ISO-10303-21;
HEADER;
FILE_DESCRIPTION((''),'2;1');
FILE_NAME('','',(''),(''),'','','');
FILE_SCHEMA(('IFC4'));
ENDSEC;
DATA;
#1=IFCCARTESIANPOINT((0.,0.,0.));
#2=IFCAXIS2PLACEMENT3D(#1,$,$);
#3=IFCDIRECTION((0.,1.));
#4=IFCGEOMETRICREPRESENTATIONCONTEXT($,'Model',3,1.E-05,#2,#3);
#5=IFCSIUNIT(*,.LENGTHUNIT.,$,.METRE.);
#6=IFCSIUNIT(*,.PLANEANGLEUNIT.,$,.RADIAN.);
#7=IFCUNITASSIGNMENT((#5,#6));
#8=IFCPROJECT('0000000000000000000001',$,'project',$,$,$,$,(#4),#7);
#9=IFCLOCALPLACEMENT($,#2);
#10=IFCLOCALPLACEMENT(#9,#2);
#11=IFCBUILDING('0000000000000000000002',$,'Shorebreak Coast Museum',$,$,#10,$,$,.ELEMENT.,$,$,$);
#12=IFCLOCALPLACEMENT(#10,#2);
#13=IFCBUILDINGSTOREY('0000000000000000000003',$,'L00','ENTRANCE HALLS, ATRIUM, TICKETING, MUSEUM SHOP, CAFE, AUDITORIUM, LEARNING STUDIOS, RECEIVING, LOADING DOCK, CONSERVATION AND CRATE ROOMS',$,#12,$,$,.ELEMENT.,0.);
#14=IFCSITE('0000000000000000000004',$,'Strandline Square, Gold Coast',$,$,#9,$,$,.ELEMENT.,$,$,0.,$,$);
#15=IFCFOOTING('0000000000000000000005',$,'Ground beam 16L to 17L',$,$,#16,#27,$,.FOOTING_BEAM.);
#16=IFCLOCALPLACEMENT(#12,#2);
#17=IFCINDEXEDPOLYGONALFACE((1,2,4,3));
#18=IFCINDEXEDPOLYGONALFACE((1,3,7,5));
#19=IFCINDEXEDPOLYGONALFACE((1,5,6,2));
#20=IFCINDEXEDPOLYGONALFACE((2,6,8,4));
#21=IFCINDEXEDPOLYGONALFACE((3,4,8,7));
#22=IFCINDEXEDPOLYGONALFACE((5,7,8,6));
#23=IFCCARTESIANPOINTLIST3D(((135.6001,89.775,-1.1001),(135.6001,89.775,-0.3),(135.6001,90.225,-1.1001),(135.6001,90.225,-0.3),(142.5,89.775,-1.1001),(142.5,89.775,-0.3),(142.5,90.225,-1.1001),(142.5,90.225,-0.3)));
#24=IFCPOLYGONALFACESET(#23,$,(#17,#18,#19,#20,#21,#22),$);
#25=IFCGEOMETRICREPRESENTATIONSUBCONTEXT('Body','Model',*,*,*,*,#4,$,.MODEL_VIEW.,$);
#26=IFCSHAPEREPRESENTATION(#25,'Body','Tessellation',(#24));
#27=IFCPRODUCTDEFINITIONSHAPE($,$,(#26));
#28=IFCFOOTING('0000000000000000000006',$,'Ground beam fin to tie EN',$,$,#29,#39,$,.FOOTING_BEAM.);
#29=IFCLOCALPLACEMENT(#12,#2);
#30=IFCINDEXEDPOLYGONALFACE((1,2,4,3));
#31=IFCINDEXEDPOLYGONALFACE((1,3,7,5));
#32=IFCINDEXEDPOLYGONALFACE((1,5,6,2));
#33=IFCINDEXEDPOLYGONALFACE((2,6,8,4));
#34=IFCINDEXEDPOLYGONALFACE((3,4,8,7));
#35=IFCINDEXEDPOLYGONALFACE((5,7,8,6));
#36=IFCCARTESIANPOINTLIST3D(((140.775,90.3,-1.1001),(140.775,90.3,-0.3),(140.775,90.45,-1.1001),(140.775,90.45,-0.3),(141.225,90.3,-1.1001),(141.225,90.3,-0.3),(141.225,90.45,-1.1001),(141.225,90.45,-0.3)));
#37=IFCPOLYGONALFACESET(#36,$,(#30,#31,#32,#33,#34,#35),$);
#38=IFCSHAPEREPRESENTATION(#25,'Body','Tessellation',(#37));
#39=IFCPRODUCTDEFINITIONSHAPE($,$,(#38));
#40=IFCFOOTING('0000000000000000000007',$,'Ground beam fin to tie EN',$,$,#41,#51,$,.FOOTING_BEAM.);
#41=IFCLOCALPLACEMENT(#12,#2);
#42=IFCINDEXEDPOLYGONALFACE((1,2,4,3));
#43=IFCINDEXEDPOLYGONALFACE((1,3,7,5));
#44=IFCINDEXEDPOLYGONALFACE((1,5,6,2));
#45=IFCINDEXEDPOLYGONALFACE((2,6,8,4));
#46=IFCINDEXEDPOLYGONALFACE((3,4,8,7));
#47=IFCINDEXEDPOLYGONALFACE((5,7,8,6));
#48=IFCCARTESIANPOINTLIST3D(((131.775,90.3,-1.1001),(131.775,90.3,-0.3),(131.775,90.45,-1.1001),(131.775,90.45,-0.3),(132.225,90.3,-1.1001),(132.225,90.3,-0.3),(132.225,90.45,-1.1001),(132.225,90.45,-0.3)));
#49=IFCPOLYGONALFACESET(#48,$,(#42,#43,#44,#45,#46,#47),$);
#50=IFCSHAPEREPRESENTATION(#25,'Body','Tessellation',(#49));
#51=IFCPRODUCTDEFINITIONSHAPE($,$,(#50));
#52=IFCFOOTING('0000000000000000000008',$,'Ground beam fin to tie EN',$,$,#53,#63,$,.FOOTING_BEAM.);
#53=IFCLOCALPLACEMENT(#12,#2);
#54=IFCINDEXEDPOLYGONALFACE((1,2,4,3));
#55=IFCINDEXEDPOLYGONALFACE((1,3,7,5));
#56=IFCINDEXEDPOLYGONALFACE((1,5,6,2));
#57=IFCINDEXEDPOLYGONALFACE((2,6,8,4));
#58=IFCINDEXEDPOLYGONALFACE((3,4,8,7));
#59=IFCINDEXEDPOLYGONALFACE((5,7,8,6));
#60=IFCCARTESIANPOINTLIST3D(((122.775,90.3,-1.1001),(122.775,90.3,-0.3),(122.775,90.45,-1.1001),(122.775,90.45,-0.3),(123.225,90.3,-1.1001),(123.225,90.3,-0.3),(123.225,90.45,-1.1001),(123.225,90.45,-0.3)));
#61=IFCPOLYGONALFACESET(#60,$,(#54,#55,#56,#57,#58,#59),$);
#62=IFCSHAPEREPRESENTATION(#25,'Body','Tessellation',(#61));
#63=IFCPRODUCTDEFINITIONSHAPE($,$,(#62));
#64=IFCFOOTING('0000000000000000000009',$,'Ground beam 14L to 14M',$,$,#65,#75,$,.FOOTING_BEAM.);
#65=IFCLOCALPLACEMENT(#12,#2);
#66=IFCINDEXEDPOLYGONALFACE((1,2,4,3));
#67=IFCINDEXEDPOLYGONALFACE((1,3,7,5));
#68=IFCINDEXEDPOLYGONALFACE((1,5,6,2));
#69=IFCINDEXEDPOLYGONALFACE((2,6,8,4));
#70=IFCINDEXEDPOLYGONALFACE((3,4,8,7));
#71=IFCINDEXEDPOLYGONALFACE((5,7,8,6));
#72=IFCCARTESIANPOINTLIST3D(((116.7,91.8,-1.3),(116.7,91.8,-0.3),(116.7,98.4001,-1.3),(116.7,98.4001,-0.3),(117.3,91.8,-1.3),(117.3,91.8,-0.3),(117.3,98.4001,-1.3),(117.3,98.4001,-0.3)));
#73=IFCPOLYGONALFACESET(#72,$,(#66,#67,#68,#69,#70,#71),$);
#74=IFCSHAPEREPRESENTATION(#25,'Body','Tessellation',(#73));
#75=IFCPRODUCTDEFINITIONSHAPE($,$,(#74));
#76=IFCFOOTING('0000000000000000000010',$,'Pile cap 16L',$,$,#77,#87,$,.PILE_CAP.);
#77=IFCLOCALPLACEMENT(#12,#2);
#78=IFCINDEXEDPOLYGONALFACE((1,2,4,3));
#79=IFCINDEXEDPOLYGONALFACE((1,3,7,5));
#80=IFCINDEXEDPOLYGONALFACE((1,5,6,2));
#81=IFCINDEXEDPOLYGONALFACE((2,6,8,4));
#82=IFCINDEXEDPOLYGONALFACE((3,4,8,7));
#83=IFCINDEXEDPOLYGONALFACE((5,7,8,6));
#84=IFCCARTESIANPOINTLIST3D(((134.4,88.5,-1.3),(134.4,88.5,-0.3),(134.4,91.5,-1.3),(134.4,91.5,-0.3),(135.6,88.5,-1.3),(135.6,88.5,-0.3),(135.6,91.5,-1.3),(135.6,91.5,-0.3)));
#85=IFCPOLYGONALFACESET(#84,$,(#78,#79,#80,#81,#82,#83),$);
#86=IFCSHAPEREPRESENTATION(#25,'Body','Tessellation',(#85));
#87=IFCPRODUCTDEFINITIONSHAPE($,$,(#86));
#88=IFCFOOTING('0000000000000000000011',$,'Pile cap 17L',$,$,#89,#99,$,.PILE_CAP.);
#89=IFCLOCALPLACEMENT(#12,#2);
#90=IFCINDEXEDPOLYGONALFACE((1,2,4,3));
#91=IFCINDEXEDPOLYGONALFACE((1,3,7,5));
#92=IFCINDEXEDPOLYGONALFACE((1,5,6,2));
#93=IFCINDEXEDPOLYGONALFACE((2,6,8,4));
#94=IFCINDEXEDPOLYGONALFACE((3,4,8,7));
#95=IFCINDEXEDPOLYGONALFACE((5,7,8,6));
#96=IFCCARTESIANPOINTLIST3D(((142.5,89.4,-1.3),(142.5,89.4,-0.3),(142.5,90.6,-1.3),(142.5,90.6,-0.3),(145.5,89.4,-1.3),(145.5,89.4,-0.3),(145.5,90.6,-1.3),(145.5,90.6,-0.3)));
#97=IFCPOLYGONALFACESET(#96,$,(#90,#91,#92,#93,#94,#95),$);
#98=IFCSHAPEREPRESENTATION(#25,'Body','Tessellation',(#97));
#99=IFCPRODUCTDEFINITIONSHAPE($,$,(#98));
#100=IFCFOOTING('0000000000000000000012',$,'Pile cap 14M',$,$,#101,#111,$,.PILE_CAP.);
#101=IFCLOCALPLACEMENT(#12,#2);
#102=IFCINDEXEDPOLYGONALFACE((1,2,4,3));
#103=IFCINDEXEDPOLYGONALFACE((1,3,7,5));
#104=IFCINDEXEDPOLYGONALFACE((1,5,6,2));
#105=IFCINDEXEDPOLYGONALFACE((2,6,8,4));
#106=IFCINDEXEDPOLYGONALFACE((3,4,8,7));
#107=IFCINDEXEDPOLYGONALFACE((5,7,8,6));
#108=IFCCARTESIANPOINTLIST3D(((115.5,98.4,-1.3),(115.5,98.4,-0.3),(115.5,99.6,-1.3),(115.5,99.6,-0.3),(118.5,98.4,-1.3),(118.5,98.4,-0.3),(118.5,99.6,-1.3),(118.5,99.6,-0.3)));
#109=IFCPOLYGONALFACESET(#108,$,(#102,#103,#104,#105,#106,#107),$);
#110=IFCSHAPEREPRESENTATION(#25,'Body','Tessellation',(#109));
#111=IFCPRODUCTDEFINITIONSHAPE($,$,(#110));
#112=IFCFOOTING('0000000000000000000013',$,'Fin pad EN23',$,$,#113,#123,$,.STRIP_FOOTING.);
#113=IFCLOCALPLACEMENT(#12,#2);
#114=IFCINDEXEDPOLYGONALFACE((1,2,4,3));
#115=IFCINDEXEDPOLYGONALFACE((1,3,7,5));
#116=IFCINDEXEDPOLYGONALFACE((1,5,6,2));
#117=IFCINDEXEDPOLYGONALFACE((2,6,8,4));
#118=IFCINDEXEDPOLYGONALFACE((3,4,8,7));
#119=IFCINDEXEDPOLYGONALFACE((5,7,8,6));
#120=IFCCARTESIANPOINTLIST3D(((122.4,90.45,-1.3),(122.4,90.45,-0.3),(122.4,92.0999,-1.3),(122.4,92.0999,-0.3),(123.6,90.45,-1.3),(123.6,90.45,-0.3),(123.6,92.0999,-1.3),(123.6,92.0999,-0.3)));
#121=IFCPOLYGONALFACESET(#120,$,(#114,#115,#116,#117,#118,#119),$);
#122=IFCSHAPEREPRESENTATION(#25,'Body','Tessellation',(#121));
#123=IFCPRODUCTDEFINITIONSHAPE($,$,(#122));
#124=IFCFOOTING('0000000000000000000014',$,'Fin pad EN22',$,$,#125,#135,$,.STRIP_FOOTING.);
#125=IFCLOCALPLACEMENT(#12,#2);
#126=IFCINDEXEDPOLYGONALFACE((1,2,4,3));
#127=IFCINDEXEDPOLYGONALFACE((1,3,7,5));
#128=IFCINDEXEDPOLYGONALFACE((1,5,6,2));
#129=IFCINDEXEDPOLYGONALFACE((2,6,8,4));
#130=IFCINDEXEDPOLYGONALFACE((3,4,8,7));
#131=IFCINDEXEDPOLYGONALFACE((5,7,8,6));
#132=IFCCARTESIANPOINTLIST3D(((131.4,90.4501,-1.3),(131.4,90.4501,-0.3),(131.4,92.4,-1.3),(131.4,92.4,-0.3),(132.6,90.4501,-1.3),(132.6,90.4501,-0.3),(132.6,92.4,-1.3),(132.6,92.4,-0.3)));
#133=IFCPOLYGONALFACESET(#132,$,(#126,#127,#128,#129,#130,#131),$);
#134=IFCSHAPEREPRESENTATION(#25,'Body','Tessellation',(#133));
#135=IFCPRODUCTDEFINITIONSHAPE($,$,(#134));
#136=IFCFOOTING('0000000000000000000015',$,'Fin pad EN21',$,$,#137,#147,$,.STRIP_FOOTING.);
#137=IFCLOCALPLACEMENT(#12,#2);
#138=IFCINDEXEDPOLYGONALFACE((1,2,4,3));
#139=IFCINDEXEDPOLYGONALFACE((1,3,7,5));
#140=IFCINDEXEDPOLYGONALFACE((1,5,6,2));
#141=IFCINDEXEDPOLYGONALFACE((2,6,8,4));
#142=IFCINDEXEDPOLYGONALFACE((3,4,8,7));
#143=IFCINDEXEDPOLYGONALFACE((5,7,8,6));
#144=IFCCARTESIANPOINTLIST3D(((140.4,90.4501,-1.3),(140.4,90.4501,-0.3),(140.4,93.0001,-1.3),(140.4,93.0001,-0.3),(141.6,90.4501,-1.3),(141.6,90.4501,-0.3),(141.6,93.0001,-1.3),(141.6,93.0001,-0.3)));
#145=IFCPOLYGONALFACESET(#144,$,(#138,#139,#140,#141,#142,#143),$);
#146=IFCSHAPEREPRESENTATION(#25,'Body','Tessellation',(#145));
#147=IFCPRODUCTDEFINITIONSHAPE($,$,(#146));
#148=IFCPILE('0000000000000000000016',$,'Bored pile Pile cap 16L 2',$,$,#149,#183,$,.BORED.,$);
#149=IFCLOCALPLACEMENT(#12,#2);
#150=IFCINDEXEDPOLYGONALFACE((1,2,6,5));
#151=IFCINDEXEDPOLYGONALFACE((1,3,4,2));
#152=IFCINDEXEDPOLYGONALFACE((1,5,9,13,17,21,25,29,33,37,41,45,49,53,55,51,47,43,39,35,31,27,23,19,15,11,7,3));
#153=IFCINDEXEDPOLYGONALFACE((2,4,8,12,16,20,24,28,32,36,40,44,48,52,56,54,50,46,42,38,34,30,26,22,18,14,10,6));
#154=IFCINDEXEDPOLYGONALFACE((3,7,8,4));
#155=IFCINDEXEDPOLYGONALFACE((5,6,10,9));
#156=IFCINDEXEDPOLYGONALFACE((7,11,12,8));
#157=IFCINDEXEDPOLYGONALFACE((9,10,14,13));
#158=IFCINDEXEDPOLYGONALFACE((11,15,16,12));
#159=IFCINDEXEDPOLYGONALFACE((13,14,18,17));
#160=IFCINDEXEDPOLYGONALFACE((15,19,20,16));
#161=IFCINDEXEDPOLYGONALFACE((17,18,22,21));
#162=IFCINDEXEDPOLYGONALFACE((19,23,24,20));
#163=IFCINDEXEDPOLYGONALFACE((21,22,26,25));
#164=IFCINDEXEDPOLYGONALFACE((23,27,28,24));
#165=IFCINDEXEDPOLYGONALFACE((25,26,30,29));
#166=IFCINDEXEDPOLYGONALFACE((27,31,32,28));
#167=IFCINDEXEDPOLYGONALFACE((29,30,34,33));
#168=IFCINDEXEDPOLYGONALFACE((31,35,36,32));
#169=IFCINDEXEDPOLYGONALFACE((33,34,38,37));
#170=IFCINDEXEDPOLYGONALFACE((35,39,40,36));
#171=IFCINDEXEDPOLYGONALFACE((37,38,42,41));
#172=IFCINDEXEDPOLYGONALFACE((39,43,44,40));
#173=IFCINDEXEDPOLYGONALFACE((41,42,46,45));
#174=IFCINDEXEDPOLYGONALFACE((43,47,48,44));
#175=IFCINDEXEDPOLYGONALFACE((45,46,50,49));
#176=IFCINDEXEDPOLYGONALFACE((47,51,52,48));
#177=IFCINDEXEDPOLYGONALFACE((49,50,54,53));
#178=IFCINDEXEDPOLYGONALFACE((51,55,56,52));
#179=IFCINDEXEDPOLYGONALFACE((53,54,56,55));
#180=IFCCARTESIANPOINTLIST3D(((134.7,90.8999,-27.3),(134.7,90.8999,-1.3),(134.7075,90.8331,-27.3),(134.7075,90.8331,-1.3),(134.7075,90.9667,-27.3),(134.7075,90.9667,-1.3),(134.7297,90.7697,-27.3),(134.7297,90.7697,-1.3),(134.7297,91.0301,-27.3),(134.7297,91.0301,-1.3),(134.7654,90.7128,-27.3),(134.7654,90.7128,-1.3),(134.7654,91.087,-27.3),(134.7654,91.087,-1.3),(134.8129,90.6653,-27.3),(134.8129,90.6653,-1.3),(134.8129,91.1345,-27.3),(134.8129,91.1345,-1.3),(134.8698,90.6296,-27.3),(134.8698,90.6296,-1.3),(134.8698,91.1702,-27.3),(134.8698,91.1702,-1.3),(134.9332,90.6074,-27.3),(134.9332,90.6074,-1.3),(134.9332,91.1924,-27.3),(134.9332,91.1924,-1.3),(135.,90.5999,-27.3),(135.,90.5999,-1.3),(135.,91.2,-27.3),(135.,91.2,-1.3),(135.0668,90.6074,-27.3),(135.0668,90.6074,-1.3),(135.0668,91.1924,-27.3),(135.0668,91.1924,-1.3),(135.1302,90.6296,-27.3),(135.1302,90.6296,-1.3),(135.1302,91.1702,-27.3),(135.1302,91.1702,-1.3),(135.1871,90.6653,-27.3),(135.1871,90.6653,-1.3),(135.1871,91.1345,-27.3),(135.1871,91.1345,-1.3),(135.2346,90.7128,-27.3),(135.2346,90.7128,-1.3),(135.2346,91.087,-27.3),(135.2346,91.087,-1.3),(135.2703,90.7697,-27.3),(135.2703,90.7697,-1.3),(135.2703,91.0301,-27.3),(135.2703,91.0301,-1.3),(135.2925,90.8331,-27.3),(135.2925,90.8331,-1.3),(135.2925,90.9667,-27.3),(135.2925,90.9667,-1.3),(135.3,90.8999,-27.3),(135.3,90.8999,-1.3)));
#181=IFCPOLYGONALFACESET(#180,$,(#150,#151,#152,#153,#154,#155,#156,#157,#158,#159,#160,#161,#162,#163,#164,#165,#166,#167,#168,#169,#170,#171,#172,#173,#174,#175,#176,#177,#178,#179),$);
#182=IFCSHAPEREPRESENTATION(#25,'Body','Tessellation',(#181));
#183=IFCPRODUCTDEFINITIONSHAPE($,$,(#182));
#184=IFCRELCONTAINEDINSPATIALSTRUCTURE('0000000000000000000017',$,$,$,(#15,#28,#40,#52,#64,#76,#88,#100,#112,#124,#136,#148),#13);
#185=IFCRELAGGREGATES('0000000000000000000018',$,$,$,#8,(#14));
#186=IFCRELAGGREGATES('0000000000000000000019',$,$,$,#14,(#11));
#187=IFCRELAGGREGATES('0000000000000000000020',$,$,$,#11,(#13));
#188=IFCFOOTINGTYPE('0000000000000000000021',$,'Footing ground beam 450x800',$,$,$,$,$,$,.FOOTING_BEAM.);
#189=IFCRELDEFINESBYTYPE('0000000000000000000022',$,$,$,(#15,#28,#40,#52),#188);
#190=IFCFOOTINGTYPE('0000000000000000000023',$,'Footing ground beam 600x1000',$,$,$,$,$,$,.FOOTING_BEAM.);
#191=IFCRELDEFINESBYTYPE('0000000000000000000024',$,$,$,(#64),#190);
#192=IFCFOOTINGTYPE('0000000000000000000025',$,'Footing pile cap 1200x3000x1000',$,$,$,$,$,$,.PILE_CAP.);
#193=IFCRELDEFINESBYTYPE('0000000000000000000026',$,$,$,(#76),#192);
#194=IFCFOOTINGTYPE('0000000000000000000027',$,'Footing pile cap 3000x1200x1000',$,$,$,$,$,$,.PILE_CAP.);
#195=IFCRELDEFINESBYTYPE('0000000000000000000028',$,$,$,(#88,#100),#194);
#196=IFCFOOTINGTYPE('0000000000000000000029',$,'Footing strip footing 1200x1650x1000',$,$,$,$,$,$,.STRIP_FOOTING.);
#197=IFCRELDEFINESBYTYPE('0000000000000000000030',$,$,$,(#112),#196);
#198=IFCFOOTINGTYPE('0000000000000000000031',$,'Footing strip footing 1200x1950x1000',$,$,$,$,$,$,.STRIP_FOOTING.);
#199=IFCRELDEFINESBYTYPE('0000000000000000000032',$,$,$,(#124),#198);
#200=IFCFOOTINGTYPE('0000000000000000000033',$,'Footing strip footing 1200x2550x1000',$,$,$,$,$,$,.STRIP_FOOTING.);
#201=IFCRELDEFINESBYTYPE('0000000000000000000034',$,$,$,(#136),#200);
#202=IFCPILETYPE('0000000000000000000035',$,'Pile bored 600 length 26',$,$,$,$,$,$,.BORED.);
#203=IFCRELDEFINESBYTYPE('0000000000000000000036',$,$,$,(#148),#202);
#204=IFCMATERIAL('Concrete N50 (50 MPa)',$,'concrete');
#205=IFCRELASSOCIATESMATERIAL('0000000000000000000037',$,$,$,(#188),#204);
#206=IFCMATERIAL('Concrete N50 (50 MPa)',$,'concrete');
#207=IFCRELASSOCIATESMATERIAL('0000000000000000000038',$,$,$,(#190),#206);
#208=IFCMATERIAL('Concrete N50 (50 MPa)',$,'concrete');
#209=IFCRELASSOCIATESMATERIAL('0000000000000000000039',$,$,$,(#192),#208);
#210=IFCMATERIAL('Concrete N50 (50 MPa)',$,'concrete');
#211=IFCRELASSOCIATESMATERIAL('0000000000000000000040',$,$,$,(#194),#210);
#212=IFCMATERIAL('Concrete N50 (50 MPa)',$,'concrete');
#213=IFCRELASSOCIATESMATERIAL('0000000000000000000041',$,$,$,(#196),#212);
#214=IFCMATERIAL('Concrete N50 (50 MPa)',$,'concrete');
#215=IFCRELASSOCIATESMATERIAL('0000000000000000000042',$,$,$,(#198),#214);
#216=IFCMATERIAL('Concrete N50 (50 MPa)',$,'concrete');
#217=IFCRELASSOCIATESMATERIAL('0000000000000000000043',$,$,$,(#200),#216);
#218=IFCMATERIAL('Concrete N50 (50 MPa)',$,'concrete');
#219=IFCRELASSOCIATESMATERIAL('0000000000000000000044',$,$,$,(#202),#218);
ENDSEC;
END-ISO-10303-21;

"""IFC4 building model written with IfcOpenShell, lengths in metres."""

from ifc_helpers import new_model, si_unit, direction, frame, origin, origin_2d, place, context, subcontext, project, spatial, rectangle, circle, extrude, material, material_profile, profile_set, type_object, element, save


model = new_model("IFC4")

# Units and contexts
model_context = context("Model", 3, precision=1e-05, world=origin(), true_north=direction((0.0, 1.0)))
body_context = subcontext(model_context, "Body", "Model", "MODEL_VIEW")
ifc_project = project(units=[si_unit("LENGTHUNIT", "METRE"), si_unit("PLANEANGLEUNIT", "RADIAN")], contexts=[model_context])

# Site, building, storey
site_placement = place(None, origin())
site = spatial("IfcSite", under=ifc_project, at=site_placement, Name="Strandline Square, Gold Coast", CompositionType="ELEMENT", RefElevation=0.0)
building_placement = place(site_placement, origin())
building = spatial("IfcBuilding", under=site, at=building_placement, Name="Shorebreak Coast Museum", CompositionType="ELEMENT")
storey_placement = place(building_placement, origin())
storey = spatial("IfcBuildingStorey", under=building, at=storey_placement, Name="L00", Description="ENTRANCE HALLS, ATRIUM, TICKETING, MUSEUM SHOP, CAFE, AUDITORIUM, LEARNING STUDIOS, RECEIVING, LOADING DOCK, CONSERVATION AND CRATE ROOMS", CompositionType="ELEMENT", Elevation=0.0)

# Footings
ifc_material_1 = material(Name="Concrete N50 (50 MPa)", Category="concrete")
footing_type_1 = type_object("IfcFootingType", Name="Footing ground beam 450x800", PredefinedType="FOOTING_BEAM", material=ifc_material_1)
footing_1_placement = place(storey_placement, frame((139.05, 90.0, -1.1001), z_axis=(0.0, 0.0, 1.0), x_axis=(1.0, 0.0, 0.0)))
element("IfcFooting", 1, at=footing_1_placement, inside=storey, type_object=footing_type_1, Name="Ground beam 16L to 17L", PredefinedType="FOOTING_BEAM", context=body_context, shape_type="SweptSolid", body=[
    extrude(rectangle(XDim=6.8999, YDim=0.45, at=origin_2d()), origin(), (0.0, 0.0, 1.0), 0.8),
])
for number, where, z_axis, x_axis, name in (
    (2, (141.0, 90.375, -1.1001), (0.0, 0.0, 1.0), (1.0, 0.0, 0.0), "Ground beam fin to tie EN"),
    (3, (132.0, 90.375, -1.1001), (0.0, 0.0, 1.0), (1.0, 0.0, 0.0), "Ground beam fin to tie EN"),
    (4, (123.0, 90.375, -1.1001), (0.0, 0.0, 1.0), (1.0, 0.0, 0.0), "Ground beam fin to tie EN"),
):
    element("IfcFooting", number, at=place(storey_placement, frame(where, z_axis=z_axis, x_axis=x_axis)), inside=storey, type_object=footing_type_1, Name=name, PredefinedType="FOOTING_BEAM", context=body_context, shape_type="SweptSolid", body=[
        extrude(rectangle(XDim=0.45, YDim=0.1499, at=origin_2d()), origin(), (0.0, 0.0, 1.0), 0.8),
    ])
ifc_material_2 = material(Name="Concrete N50 (50 MPa)", Category="concrete")
footing_type_2 = type_object("IfcFootingType", Name="Footing ground beam 600x1000", PredefinedType="FOOTING_BEAM", material=ifc_material_2)
footing_2_placement = place(storey_placement, frame((117.0, 95.1001, -1.3), z_axis=(0.0, 0.0, 1.0), x_axis=(1.0, 0.0, 0.0)))
element("IfcFooting", 5, at=footing_2_placement, inside=storey, type_object=footing_type_2, Name="Ground beam 14L to 14M", PredefinedType="FOOTING_BEAM", context=body_context, shape_type="SweptSolid", body=[
    extrude(rectangle(XDim=0.6001, YDim=6.6001, at=origin_2d()), origin(), (0.0, 0.0, 1.0), 1.0),
])
ifc_material_3 = material(Name="Concrete N50 (50 MPa)", Category="concrete")
footing_type_3 = type_object("IfcFootingType", Name="Footing pile cap 1200x3000x1000", PredefinedType="PILE_CAP", material=ifc_material_3)
footing_3_placement = place(storey_placement, frame((135.0, 90.0, -1.3), z_axis=(0.0, 0.0, 1.0), x_axis=(1.0, 0.0, 0.0)))
element("IfcFooting", 6, at=footing_3_placement, inside=storey, type_object=footing_type_3, Name="Pile cap 16L", PredefinedType="PILE_CAP", context=body_context, shape_type="SweptSolid", body=[
    extrude(rectangle(XDim=1.2, YDim=3.0, at=origin_2d()), origin(), (0.0, 0.0, 1.0), 1.0),
])
ifc_material_4 = material(Name="Concrete N50 (50 MPa)", Category="concrete")
footing_type_4 = type_object("IfcFootingType", Name="Footing pile cap 3000x1200x1000", PredefinedType="PILE_CAP", material=ifc_material_4)
for number, where, z_axis, x_axis, name in (
    (7, (144.0, 90.0, -1.3), (0.0, 0.0, 1.0), (1.0, 0.0, 0.0), "Pile cap 17L"),
    (8, (117.0, 99.0, -1.3), (0.0, 0.0, 1.0), (1.0, 0.0, 0.0), "Pile cap 14M"),
):
    element("IfcFooting", number, at=place(storey_placement, frame(where, z_axis=z_axis, x_axis=x_axis)), inside=storey, type_object=footing_type_4, Name=name, PredefinedType="PILE_CAP", context=body_context, shape_type="SweptSolid", body=[
        extrude(rectangle(XDim=3.0, YDim=1.2, at=origin_2d()), origin(), (0.0, 0.0, 1.0), 1.0),
    ])
ifc_material_5 = material(Name="Concrete N50 (50 MPa)", Category="concrete")
footing_type_5 = type_object("IfcFootingType", Name="Footing strip footing 1200x1650x1000", PredefinedType="STRIP_FOOTING", material=ifc_material_5)
footing_4_placement = place(storey_placement, frame((123.0, 91.2749, -1.3), z_axis=(0.0, 0.0, 1.0), x_axis=(1.0, 0.0, 0.0)))
element("IfcFooting", 9, at=footing_4_placement, inside=storey, type_object=footing_type_5, Name="Fin pad EN23", PredefinedType="STRIP_FOOTING", context=body_context, shape_type="SweptSolid", body=[
    extrude(rectangle(XDim=1.2, YDim=1.6499, at=origin_2d()), origin(), (0.0, 0.0, 1.0), 1.0),
])
ifc_material_6 = material(Name="Concrete N50 (50 MPa)", Category="concrete")
footing_type_6 = type_object("IfcFootingType", Name="Footing strip footing 1200x1950x1000", PredefinedType="STRIP_FOOTING", material=ifc_material_6)
footing_5_placement = place(storey_placement, frame((132.0, 91.425, -1.3), z_axis=(0.0, 0.0, 1.0), x_axis=(1.0, 0.0, 0.0)))
element("IfcFooting", 10, at=footing_5_placement, inside=storey, type_object=footing_type_6, Name="Fin pad EN22", PredefinedType="STRIP_FOOTING", context=body_context, shape_type="SweptSolid", body=[
    extrude(rectangle(XDim=1.2, YDim=1.95, at=origin_2d()), origin(), (0.0, 0.0, 1.0), 1.0),
])
ifc_material_7 = material(Name="Concrete N50 (50 MPa)", Category="concrete")
footing_type_7 = type_object("IfcFootingType", Name="Footing strip footing 1200x2550x1000", PredefinedType="STRIP_FOOTING", material=ifc_material_7)
footing_6_placement = place(storey_placement, frame((141.0, 91.7251, -1.3), z_axis=(0.0, 0.0, 1.0), x_axis=(1.0, 0.0, 0.0)))
element("IfcFooting", 11, at=footing_6_placement, inside=storey, type_object=footing_type_7, Name="Fin pad EN21", PredefinedType="STRIP_FOOTING", context=body_context, shape_type="SweptSolid", body=[
    extrude(rectangle(XDim=1.2, YDim=2.55, at=origin_2d()), origin(), (0.0, 0.0, 1.0), 1.0),
])

# Pile
ifc_material_8 = material(Name="Concrete N50 (50 MPa)", Category="concrete")
ifc_material_profile_1 = material_profile(ifc_material_8, circle(Radius=0.3, at=origin_2d()), Name="Pile bored 600 length 26")
ifc_profile_set_1 = profile_set([ifc_material_profile_1], Name="Concrete N50 (50 MPa)")
pile_type_1 = type_object("IfcPileType", Name="Pile bored 600 length 26", PredefinedType="BORED", material=ifc_profile_set_1)
for number, where, z_axis, x_axis, name in (
    (12, (135.0, 90.8999, -1.3), (0.0, 0.0, -1.0), (1.0, 0.0, 0.0), "Bored pile Pile cap 16L 2"),
):
    element("IfcPile", number, at=place(storey_placement, frame(where, z_axis=z_axis, x_axis=x_axis)), inside=storey, type_object=pile_type_1, Name=name, PredefinedType="BORED", context=body_context, shape_type="SweptSolid", body=[
        extrude(circle(Radius=0.3, at=origin_2d()), origin(), (0.0, 0.0, 1.0), 26.0),
    ])

save(model, "model.ifc")
